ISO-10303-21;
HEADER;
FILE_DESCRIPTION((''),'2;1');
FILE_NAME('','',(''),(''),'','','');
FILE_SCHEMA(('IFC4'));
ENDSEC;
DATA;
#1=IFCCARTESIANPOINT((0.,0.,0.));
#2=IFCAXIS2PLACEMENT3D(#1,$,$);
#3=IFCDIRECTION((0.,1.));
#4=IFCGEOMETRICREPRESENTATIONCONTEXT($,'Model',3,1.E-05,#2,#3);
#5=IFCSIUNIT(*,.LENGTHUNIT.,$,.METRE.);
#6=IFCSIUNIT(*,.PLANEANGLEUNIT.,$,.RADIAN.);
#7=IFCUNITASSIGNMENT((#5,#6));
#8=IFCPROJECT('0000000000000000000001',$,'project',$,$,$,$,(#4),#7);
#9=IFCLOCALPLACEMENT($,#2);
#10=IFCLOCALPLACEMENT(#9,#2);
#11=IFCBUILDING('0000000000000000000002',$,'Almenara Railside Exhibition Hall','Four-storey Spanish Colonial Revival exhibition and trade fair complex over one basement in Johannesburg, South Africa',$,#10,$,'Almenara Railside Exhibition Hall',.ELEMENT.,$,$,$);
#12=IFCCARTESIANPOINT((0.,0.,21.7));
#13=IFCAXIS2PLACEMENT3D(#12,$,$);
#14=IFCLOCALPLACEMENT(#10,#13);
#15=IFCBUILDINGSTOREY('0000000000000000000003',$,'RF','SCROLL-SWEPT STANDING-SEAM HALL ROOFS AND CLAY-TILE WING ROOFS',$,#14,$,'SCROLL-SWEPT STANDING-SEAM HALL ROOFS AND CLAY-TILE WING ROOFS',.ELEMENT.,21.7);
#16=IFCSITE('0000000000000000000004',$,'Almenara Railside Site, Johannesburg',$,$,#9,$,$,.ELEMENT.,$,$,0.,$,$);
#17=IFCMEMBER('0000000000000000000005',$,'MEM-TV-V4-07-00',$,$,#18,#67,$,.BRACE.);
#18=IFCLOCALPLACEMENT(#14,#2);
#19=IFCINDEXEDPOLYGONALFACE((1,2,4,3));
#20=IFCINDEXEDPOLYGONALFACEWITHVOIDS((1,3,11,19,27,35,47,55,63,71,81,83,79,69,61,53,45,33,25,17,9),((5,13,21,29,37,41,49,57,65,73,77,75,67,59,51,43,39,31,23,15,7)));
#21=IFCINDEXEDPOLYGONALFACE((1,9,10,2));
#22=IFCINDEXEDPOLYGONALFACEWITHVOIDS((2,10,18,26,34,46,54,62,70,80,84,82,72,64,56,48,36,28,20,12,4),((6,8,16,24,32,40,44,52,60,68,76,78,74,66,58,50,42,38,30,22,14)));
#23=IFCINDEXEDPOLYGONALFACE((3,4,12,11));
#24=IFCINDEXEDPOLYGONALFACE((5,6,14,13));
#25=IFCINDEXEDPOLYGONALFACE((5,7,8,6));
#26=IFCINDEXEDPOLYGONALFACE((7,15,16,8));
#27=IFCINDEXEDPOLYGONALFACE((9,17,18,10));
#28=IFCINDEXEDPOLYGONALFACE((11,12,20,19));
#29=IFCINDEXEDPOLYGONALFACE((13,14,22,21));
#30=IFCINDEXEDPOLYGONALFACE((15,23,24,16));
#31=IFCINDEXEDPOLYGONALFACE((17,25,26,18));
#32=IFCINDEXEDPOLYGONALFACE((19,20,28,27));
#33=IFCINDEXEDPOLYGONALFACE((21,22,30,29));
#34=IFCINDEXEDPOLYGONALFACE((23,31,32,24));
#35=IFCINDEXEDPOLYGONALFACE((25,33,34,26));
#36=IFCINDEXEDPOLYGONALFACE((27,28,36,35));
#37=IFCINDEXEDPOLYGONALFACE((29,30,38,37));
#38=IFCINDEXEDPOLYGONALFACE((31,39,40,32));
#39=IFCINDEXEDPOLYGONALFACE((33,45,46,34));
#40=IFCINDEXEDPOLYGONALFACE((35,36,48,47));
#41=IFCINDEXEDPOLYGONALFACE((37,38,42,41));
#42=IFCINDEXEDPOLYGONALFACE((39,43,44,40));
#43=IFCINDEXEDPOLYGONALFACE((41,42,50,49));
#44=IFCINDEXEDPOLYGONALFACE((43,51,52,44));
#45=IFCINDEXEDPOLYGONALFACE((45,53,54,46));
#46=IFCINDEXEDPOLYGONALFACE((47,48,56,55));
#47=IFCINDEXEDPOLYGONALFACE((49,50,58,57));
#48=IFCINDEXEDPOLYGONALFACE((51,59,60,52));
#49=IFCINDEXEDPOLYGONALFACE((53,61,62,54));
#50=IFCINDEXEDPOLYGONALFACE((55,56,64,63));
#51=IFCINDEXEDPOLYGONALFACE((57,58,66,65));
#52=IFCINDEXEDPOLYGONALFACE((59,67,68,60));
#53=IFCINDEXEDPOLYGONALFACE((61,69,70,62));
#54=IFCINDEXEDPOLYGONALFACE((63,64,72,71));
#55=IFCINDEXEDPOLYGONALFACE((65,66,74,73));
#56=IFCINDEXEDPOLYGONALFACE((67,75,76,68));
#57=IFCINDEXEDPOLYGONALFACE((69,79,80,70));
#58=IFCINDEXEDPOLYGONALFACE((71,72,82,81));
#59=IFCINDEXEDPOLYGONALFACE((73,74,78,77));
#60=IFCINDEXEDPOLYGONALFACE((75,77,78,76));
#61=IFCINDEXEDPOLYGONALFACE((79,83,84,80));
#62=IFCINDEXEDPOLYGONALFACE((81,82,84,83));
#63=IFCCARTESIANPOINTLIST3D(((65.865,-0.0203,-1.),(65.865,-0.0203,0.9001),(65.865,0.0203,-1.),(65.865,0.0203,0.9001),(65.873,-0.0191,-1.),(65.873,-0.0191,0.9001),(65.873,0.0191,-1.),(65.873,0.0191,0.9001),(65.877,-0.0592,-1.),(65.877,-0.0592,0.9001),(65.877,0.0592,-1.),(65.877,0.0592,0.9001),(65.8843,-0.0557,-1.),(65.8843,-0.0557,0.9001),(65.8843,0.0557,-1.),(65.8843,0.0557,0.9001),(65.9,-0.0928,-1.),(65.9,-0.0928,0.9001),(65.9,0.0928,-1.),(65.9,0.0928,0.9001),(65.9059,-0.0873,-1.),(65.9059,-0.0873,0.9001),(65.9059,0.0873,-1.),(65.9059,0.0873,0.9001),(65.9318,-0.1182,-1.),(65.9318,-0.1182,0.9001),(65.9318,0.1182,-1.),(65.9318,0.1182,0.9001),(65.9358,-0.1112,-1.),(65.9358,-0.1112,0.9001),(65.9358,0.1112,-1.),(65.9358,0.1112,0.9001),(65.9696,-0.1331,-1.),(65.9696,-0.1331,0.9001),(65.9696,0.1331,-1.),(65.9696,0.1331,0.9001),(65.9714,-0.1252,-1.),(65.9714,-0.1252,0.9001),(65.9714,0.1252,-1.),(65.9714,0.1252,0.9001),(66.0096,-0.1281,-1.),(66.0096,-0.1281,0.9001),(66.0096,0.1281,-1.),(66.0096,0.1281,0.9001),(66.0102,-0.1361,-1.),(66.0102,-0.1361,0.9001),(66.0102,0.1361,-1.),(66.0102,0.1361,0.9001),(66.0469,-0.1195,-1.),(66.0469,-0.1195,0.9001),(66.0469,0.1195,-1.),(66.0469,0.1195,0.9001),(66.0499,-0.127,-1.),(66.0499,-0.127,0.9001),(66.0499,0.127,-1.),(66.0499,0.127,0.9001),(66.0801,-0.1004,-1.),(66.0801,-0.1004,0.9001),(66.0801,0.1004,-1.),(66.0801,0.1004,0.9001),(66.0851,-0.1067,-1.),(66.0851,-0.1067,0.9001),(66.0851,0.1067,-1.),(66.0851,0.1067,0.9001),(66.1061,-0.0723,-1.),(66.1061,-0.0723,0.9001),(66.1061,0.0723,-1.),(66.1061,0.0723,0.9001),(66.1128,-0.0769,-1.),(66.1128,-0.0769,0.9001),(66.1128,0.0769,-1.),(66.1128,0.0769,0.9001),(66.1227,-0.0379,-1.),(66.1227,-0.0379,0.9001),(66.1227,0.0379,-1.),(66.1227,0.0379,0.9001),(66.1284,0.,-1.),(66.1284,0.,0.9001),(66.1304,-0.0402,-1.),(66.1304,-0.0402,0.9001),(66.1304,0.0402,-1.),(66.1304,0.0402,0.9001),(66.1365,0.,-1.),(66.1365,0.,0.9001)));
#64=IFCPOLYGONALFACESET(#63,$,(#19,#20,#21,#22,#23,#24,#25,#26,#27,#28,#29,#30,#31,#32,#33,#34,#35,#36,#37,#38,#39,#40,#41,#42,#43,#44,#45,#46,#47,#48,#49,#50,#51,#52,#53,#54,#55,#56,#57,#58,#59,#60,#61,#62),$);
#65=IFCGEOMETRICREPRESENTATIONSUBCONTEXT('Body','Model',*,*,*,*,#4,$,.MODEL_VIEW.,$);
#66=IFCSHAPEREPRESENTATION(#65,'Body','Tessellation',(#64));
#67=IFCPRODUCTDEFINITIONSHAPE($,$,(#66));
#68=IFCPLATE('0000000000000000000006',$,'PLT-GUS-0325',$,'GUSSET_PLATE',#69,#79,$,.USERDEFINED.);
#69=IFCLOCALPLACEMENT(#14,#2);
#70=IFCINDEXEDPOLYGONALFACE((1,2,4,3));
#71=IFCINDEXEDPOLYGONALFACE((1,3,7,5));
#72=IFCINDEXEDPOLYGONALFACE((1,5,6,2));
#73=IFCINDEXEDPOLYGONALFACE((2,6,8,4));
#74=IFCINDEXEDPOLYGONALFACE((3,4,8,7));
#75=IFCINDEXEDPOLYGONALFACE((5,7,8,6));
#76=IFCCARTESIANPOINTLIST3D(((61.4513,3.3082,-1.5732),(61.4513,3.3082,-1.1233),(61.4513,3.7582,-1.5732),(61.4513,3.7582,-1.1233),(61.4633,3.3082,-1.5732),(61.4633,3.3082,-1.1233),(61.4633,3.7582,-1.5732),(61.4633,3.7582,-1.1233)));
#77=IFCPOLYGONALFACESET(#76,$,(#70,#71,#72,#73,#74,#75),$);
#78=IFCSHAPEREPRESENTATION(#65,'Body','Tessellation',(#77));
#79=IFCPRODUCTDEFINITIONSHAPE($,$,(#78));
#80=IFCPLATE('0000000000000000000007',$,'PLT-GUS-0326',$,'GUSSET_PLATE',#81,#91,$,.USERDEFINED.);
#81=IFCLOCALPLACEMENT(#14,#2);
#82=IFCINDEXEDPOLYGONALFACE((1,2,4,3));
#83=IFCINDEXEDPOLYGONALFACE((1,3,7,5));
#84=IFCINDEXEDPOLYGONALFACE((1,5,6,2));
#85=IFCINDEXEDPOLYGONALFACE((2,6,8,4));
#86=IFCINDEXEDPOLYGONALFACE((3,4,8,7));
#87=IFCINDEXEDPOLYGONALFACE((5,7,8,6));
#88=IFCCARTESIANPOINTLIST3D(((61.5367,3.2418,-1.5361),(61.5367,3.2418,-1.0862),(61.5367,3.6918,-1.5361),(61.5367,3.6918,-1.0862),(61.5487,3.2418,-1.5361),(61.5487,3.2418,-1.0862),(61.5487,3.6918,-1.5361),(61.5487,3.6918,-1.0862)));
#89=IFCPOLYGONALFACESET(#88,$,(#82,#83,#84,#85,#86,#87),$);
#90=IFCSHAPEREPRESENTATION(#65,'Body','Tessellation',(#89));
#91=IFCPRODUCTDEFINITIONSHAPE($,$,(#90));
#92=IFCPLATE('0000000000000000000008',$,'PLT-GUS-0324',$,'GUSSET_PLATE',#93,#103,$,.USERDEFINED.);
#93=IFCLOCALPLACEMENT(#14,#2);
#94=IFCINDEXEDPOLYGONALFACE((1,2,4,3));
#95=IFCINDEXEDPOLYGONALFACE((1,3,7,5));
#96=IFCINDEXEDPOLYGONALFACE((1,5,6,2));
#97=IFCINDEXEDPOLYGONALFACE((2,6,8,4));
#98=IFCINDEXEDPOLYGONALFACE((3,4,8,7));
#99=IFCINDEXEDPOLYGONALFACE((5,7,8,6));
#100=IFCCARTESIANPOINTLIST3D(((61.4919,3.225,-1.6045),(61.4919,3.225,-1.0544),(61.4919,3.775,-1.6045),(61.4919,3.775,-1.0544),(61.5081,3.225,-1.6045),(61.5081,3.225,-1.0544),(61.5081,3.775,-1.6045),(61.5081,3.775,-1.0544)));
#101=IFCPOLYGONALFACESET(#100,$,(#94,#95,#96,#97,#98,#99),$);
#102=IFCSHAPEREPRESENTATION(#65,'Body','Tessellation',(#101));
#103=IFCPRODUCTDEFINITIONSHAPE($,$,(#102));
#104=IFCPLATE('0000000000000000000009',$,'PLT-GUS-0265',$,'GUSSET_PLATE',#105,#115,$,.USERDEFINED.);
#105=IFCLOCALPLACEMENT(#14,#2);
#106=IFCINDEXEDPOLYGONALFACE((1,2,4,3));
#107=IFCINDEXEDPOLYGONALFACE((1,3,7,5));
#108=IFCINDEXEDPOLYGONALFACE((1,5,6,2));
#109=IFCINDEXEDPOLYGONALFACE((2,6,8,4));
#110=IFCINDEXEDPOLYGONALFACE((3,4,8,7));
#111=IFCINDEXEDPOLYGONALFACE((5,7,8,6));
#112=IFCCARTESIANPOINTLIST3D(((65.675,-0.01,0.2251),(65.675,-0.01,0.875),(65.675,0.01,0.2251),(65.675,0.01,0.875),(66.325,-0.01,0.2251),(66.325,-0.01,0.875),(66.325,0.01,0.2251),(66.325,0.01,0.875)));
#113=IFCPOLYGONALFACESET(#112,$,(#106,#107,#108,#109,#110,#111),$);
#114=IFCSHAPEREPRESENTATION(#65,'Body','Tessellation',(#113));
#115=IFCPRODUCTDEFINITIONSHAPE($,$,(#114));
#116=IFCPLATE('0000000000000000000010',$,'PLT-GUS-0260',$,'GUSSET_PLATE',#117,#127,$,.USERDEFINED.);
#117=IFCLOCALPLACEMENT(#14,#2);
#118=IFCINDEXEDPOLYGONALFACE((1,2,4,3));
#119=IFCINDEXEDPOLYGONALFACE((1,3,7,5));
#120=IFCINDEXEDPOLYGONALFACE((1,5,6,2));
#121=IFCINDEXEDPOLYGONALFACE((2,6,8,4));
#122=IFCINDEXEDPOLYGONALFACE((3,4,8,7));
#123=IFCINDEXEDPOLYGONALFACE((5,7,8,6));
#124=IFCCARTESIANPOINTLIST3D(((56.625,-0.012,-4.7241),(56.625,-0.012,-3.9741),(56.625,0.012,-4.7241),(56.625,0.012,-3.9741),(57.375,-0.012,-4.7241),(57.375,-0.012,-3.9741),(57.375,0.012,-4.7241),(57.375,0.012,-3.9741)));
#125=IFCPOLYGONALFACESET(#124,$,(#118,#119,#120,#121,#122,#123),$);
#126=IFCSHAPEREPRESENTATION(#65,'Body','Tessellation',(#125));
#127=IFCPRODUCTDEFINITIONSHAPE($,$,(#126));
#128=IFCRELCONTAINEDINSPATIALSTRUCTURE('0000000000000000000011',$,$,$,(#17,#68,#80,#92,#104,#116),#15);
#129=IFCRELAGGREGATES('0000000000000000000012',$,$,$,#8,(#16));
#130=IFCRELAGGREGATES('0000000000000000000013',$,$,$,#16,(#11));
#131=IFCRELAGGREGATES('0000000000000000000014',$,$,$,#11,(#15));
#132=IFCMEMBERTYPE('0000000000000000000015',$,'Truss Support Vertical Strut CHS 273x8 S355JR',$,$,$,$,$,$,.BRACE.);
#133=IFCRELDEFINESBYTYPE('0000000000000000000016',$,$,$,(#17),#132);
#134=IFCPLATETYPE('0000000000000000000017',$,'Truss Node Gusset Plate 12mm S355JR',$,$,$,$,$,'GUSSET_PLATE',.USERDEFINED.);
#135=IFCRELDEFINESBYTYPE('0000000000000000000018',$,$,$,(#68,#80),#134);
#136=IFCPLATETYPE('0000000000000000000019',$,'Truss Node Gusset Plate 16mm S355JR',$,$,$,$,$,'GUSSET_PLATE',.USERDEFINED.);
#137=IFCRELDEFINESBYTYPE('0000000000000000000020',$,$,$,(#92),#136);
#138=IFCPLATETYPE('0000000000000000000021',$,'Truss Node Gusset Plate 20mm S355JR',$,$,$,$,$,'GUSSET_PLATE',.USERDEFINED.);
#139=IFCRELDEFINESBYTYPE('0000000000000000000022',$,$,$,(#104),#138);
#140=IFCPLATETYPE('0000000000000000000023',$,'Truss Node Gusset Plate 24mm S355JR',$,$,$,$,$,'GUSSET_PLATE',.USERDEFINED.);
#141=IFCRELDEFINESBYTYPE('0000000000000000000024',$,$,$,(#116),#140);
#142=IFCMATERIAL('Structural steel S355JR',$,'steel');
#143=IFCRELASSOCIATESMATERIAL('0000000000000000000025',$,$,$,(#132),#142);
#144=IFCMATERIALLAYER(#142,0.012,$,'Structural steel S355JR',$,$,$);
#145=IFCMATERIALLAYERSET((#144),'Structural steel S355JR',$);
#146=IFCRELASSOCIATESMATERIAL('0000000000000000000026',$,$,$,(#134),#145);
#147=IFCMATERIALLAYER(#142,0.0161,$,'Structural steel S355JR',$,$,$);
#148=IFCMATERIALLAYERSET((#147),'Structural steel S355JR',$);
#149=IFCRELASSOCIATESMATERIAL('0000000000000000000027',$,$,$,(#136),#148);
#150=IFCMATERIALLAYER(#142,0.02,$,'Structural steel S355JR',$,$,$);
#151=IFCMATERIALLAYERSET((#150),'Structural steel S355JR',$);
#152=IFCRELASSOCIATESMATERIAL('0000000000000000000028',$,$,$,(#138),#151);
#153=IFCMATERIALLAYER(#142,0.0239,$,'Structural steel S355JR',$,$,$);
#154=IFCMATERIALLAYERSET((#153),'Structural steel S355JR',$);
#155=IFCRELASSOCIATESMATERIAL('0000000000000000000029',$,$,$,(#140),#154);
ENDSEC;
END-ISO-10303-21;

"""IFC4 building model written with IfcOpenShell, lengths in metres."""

from ifc_helpers import new_model, si_unit, direction, frame, origin, origin_2d, place, context, subcontext, project, spatial, rectangle, hollow_circle, extrude, material, layer, layer_set, material_profile, profile_set, type_object, element, save


model = new_model("IFC4")

# Units and contexts
model_context = context("Model", 3, precision=1e-05, world=origin(), true_north=direction((0.0, 1.0)))
body_context = subcontext(model_context, "Body", "Model", "MODEL_VIEW")
ifc_project = project(units=[si_unit("LENGTHUNIT", "METRE"), si_unit("PLANEANGLEUNIT", "RADIAN")], contexts=[model_context])

# Site, building, storey
site_placement = place(None, origin())
site = spatial("IfcSite", under=ifc_project, at=site_placement, Name="Almenara Railside Site, Johannesburg", CompositionType="ELEMENT", RefElevation=0.0)
building_placement = place(site_placement, origin())
building = spatial("IfcBuilding", under=site, at=building_placement, Name="Almenara Railside Exhibition Hall", Description="Four-storey Spanish Colonial Revival exhibition and trade fair complex over one basement in Johannesburg, South Africa", LongName="Almenara Railside Exhibition Hall", CompositionType="ELEMENT")
storey_placement = place(building_placement, frame((0.0, 0.0, 21.7)))
storey = spatial("IfcBuildingStorey", under=building, at=storey_placement, Name="RF", Description="SCROLL-SWEPT STANDING-SEAM HALL ROOFS AND CLAY-TILE WING ROOFS", LongName="SCROLL-SWEPT STANDING-SEAM HALL ROOFS AND CLAY-TILE WING ROOFS", CompositionType="ELEMENT", Elevation=21.7)

# Shared definitions
ifc_material = material(Name="Structural steel S355JR", Category="steel")

# Member
ifc_material_profile_1 = material_profile(ifc_material, hollow_circle(Radius=0.1365, WallThickness=0.0081, at=origin_2d()), Name="CHS 273x8")
ifc_profile_set_1 = profile_set([ifc_material_profile_1], Name="Structural steel S355JR")
member_type_1 = type_object("IfcMemberType", Name="Truss Support Vertical Strut CHS 273x8 S355JR", PredefinedType="BRACE", material=ifc_profile_set_1)
for number, where, z_axis, x_axis, name in (
    (1, (66.0, 0.0, -1.0), (0.0, 0.0, 1.0), (1.0, 0.0, 0.0), "MEM-TV-V4-07-00"),
):
    element("IfcMember", number, at=place(storey_placement, frame(where, z_axis=z_axis, x_axis=x_axis)), inside=storey, type_object=member_type_1, Name=name, PredefinedType="BRACE", context=body_context, shape_type="SweptSolid", body=[
        extrude(hollow_circle(Radius=0.1365, WallThickness=0.0081, at=origin_2d()), origin(), (0.0, 0.0, 1.0), 1.9001),
    ])

# Plates
ifc_layer_1 = layer(ifc_material, 0.012, Name="Structural steel S355JR")
ifc_layer_set_1 = layer_set([ifc_layer_1], Name="Structural steel S355JR")
plate_type_1 = type_object("IfcPlateType", Name="Truss Node Gusset Plate 12mm S355JR", ElementType="GUSSET_PLATE", PredefinedType="USERDEFINED", material=ifc_layer_set_1)
for number, where, z_axis, x_axis, name in (
    (2, (61.4573, 3.5332, -1.5732), (0.0, 0.0, 1.0), (0.0, 1.0, 0.0), "PLT-GUS-0325"),
    (3, (61.5427, 3.4668, -1.5361), (0.0, 0.0, 1.0), (0.0, 1.0, 0.0), "PLT-GUS-0326"),
):
    element("IfcPlate", number, at=place(storey_placement, frame(where, z_axis=z_axis, x_axis=x_axis)), inside=storey, type_object=plate_type_1, Name=name, ObjectType="GUSSET_PLATE", PredefinedType="USERDEFINED", context=body_context, shape_type="SweptSolid", body=[
        extrude(rectangle(XDim=0.45, YDim=0.012, at=origin_2d()), origin(), (0.0, 0.0, 1.0), 0.45),
    ])
ifc_layer_2 = layer(ifc_material, 0.0161, Name="Structural steel S355JR")
ifc_layer_set_2 = layer_set([ifc_layer_2], Name="Structural steel S355JR")
plate_type_2 = type_object("IfcPlateType", Name="Truss Node Gusset Plate 16mm S355JR", ElementType="GUSSET_PLATE", PredefinedType="USERDEFINED", material=ifc_layer_set_2)
plate_1_placement = place(storey_placement, frame((61.5, 3.5, -1.6045), z_axis=(0.0, 0.0, 1.0), x_axis=(0.0, 1.0, 0.0)))
element("IfcPlate", 4, at=plate_1_placement, inside=storey, type_object=plate_type_2, Name="PLT-GUS-0324", ObjectType="GUSSET_PLATE", PredefinedType="USERDEFINED", context=body_context, shape_type="SweptSolid", body=[
    extrude(rectangle(XDim=0.55, YDim=0.0161, at=origin_2d()), origin(), (0.0, 0.0, 1.0), 0.55),
])
ifc_layer_3 = layer(ifc_material, 0.02, Name="Structural steel S355JR")
ifc_layer_set_3 = layer_set([ifc_layer_3], Name="Structural steel S355JR")
plate_type_3 = type_object("IfcPlateType", Name="Truss Node Gusset Plate 20mm S355JR", ElementType="GUSSET_PLATE", PredefinedType="USERDEFINED", material=ifc_layer_set_3)
plate_2_placement = place(storey_placement, frame((66.0, 0.0, 0.2251), z_axis=(0.0, 0.0, 1.0), x_axis=(1.0, 0.0, 0.0)))
element("IfcPlate", 5, at=plate_2_placement, inside=storey, type_object=plate_type_3, Name="PLT-GUS-0265", ObjectType="GUSSET_PLATE", PredefinedType="USERDEFINED", context=body_context, shape_type="SweptSolid", body=[
    extrude(rectangle(XDim=0.6499, YDim=0.02, at=origin_2d()), origin(), (0.0, 0.0, 1.0), 0.6499),
])
ifc_layer_4 = layer(ifc_material, 0.0239, Name="Structural steel S355JR")
ifc_layer_set_4 = layer_set([ifc_layer_4], Name="Structural steel S355JR")
plate_type_4 = type_object("IfcPlateType", Name="Truss Node Gusset Plate 24mm S355JR", ElementType="GUSSET_PLATE", PredefinedType="USERDEFINED", material=ifc_layer_set_4)
plate_3_placement = place(storey_placement, frame((57.0, 0.0, -4.7241), z_axis=(0.0, 0.0, 1.0), x_axis=(1.0, 0.0, 0.0)))
element("IfcPlate", 6, at=plate_3_placement, inside=storey, type_object=plate_type_4, Name="PLT-GUS-0260", ObjectType="GUSSET_PLATE", PredefinedType="USERDEFINED", context=body_context, shape_type="SweptSolid", body=[
    extrude(rectangle(XDim=0.75, YDim=0.0239, at=origin_2d()), origin(), (0.0, 0.0, 1.0), 0.75),
])

save(model, "model.ifc")
